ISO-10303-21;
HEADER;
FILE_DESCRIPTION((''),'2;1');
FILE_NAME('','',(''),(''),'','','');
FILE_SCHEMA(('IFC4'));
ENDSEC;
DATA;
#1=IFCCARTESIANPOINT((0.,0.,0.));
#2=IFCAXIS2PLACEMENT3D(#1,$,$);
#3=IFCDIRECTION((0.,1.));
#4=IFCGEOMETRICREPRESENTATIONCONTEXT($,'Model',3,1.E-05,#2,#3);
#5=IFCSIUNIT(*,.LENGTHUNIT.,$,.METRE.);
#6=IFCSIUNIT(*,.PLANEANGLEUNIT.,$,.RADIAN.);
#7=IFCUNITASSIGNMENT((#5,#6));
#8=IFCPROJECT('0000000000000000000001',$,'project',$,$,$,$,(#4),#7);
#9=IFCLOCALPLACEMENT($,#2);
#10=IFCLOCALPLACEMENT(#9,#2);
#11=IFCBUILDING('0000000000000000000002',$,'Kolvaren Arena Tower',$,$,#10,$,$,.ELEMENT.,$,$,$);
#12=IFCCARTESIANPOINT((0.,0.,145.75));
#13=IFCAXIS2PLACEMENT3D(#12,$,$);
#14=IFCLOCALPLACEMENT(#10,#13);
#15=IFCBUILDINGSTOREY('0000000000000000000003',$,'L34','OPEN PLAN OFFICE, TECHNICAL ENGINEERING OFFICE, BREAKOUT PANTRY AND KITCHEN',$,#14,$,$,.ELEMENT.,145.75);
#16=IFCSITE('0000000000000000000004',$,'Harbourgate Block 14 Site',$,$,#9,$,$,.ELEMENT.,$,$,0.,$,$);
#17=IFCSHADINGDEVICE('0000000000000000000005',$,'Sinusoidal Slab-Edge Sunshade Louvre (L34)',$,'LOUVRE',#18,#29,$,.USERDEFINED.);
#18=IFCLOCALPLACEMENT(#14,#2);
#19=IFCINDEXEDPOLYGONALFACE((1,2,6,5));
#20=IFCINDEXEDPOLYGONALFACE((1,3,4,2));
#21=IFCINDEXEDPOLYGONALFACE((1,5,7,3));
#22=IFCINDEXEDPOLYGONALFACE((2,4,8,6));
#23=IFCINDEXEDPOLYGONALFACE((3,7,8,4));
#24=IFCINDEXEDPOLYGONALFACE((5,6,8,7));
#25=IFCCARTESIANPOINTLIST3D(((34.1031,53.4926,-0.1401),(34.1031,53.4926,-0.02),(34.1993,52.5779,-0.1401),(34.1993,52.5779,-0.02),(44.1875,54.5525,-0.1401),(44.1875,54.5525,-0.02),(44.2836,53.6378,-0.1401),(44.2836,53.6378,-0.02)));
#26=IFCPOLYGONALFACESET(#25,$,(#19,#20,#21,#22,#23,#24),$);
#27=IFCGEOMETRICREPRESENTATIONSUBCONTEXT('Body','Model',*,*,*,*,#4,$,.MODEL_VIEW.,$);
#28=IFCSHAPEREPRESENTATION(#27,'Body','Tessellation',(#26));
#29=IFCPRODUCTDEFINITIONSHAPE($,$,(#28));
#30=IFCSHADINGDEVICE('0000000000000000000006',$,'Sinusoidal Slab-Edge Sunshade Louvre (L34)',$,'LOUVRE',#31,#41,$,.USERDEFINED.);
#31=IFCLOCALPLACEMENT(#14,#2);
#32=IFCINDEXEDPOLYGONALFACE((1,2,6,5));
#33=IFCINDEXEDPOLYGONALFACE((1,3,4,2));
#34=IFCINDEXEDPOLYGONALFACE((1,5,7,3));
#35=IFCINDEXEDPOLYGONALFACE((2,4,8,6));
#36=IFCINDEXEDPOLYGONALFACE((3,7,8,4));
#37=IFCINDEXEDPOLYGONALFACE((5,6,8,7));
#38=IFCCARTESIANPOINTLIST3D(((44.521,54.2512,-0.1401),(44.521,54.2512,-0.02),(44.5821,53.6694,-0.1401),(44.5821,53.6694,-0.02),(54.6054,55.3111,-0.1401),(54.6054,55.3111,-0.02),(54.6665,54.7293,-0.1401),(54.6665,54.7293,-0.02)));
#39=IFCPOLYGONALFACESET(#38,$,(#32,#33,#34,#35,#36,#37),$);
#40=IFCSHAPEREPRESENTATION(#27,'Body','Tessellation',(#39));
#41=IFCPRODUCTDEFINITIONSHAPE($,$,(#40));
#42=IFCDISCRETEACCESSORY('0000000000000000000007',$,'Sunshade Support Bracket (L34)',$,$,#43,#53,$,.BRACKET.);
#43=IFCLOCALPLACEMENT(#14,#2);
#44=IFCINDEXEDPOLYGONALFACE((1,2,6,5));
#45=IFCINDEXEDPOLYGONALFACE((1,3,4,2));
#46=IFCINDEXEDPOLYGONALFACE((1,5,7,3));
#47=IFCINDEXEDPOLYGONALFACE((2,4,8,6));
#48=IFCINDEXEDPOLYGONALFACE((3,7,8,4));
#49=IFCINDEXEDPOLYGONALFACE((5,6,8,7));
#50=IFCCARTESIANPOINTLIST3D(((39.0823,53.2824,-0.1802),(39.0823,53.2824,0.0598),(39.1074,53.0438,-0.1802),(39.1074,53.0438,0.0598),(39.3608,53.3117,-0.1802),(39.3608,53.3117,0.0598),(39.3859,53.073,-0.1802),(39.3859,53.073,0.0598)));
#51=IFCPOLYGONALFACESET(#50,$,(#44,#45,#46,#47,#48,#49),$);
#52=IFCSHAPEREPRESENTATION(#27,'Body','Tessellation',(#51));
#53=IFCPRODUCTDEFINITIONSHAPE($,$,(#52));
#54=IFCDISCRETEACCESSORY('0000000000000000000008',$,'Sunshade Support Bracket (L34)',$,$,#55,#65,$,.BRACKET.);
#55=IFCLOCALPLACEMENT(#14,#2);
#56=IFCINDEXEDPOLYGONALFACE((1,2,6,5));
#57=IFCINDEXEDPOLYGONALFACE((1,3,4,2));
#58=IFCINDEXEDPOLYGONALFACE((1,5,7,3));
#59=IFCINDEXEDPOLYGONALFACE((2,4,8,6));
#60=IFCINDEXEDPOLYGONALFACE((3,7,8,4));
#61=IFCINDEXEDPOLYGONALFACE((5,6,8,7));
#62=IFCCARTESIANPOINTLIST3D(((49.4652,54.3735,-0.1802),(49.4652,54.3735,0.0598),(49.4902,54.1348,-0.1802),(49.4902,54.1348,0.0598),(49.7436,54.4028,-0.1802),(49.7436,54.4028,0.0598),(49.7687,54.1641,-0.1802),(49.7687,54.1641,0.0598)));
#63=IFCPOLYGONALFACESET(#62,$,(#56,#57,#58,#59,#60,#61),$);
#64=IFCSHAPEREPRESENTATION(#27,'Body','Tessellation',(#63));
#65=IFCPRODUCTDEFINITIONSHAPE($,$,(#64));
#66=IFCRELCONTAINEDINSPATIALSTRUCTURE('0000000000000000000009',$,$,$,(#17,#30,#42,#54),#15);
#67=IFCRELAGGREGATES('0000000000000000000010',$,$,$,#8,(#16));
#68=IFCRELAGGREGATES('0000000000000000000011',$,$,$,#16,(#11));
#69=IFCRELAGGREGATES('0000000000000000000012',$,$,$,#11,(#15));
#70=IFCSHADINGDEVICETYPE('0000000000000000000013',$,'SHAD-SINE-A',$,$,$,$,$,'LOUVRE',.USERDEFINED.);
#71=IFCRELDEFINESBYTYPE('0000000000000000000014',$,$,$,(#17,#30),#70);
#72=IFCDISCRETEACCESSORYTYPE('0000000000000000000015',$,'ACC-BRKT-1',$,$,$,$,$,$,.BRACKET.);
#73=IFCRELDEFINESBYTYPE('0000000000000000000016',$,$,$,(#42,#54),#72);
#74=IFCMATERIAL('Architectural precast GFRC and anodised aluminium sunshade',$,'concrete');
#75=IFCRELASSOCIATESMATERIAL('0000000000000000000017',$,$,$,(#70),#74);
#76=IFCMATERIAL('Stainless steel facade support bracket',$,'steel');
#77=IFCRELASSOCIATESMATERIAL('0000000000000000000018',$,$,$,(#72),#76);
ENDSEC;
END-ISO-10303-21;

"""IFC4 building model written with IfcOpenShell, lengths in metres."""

from ifc_helpers import new_model, si_unit, direction, frame, origin, origin_2d, place, context, subcontext, project, spatial, rectangle, extrude, material, type_object, element, save


model = new_model("IFC4")

# Units and contexts
model_context = context("Model", 3, precision=1e-05, world=origin(), true_north=direction((0.0, 1.0)))
body_context = subcontext(model_context, "Body", "Model", "MODEL_VIEW")
ifc_project = project(units=[si_unit("LENGTHUNIT", "METRE"), si_unit("PLANEANGLEUNIT", "RADIAN")], contexts=[model_context])

# Site, building, storey
site_placement = place(None, origin())
site = spatial("IfcSite", under=ifc_project, at=site_placement, Name="Harbourgate Block 14 Site", CompositionType="ELEMENT", RefElevation=0.0)
building_placement = place(site_placement, origin())
building = spatial("IfcBuilding", under=site, at=building_placement, Name="Kolvaren Arena Tower", CompositionType="ELEMENT")
storey_placement = place(building_placement, frame((0.0, 0.0, 145.75)))
storey = spatial("IfcBuildingStorey", under=building, at=storey_placement, Name="L34", Description="OPEN PLAN OFFICE, TECHNICAL ENGINEERING OFFICE, BREAKOUT PANTRY AND KITCHEN", CompositionType="ELEMENT", Elevation=145.75)

# Shading devices
ifc_material_1 = material(Name="Architectural precast GFRC and anodised aluminium sunshade", Category="concrete")
shading_device_type = type_object("IfcShadingDeviceType", Name="SHAD-SINE-A", ElementType="LOUVRE", PredefinedType="USERDEFINED", material=ifc_material_1)
shading_device_1_placement = place(storey_placement, frame((39.1934, 53.5652, -0.1401), z_axis=(0.0, 0.0, 1.0), x_axis=(0.994522, 0.104527, 0.0)))
element("IfcShadingDevice", 1, at=shading_device_1_placement, inside=storey, type_object=shading_device_type, Name="Sinusoidal Slab-Edge Sunshade Louvre (L34)", ObjectType="LOUVRE", PredefinedType="USERDEFINED", context=body_context, shape_type="SweptSolid", body=[
    extrude(rectangle(XDim=10.1399, YDim=0.9197, at=origin_2d()), origin(), (0.0, 0.0, 1.0), 0.1201),
])
shading_device_2_placement = place(storey_placement, frame((49.5938, 54.4902, -0.1401), z_axis=(0.0, 0.0, 1.0), x_axis=(0.994522, 0.104527, 0.0)))
element("IfcShadingDevice", 2, at=shading_device_2_placement, inside=storey, type_object=shading_device_type, Name="Sinusoidal Slab-Edge Sunshade Louvre (L34)", ObjectType="LOUVRE", PredefinedType="USERDEFINED", context=body_context, shape_type="SweptSolid", body=[
    extrude(rectangle(XDim=10.1399, YDim=0.585, at=origin_2d()), origin(), (0.0, 0.0, 1.0), 0.1201),
])

# Discrete accessories
ifc_material_2 = material(Name="Stainless steel facade support bracket", Category="steel")
discrete_accessory_type = type_object("IfcDiscreteAccessoryType", Name="ACC-BRKT-1", PredefinedType="BRACKET", material=ifc_material_2)
for number, where, z_axis, x_axis, name in (
    (3, (39.2341, 53.1777, -0.1802), (0.0, 0.0, 1.0), (0.994522, 0.104527, 0.0), "Sunshade Support Bracket (L34)"),
    (4, (49.6169, 54.2688, -0.1802), (0.0, 0.0, 1.0), (0.994522, 0.104527, 0.0), "Sunshade Support Bracket (L34)"),
):
    element("IfcDiscreteAccessory", number, at=place(storey_placement, frame(where, z_axis=z_axis, x_axis=x_axis)), inside=storey, type_object=discrete_accessory_type, Name=name, PredefinedType="BRACKET", context=body_context, shape_type="SweptSolid", body=[
        extrude(rectangle(XDim=0.28, YDim=0.24, at=origin_2d()), origin(), (0.0, 0.0, 1.0), 0.24),
    ])

save(model, "model.ifc")
